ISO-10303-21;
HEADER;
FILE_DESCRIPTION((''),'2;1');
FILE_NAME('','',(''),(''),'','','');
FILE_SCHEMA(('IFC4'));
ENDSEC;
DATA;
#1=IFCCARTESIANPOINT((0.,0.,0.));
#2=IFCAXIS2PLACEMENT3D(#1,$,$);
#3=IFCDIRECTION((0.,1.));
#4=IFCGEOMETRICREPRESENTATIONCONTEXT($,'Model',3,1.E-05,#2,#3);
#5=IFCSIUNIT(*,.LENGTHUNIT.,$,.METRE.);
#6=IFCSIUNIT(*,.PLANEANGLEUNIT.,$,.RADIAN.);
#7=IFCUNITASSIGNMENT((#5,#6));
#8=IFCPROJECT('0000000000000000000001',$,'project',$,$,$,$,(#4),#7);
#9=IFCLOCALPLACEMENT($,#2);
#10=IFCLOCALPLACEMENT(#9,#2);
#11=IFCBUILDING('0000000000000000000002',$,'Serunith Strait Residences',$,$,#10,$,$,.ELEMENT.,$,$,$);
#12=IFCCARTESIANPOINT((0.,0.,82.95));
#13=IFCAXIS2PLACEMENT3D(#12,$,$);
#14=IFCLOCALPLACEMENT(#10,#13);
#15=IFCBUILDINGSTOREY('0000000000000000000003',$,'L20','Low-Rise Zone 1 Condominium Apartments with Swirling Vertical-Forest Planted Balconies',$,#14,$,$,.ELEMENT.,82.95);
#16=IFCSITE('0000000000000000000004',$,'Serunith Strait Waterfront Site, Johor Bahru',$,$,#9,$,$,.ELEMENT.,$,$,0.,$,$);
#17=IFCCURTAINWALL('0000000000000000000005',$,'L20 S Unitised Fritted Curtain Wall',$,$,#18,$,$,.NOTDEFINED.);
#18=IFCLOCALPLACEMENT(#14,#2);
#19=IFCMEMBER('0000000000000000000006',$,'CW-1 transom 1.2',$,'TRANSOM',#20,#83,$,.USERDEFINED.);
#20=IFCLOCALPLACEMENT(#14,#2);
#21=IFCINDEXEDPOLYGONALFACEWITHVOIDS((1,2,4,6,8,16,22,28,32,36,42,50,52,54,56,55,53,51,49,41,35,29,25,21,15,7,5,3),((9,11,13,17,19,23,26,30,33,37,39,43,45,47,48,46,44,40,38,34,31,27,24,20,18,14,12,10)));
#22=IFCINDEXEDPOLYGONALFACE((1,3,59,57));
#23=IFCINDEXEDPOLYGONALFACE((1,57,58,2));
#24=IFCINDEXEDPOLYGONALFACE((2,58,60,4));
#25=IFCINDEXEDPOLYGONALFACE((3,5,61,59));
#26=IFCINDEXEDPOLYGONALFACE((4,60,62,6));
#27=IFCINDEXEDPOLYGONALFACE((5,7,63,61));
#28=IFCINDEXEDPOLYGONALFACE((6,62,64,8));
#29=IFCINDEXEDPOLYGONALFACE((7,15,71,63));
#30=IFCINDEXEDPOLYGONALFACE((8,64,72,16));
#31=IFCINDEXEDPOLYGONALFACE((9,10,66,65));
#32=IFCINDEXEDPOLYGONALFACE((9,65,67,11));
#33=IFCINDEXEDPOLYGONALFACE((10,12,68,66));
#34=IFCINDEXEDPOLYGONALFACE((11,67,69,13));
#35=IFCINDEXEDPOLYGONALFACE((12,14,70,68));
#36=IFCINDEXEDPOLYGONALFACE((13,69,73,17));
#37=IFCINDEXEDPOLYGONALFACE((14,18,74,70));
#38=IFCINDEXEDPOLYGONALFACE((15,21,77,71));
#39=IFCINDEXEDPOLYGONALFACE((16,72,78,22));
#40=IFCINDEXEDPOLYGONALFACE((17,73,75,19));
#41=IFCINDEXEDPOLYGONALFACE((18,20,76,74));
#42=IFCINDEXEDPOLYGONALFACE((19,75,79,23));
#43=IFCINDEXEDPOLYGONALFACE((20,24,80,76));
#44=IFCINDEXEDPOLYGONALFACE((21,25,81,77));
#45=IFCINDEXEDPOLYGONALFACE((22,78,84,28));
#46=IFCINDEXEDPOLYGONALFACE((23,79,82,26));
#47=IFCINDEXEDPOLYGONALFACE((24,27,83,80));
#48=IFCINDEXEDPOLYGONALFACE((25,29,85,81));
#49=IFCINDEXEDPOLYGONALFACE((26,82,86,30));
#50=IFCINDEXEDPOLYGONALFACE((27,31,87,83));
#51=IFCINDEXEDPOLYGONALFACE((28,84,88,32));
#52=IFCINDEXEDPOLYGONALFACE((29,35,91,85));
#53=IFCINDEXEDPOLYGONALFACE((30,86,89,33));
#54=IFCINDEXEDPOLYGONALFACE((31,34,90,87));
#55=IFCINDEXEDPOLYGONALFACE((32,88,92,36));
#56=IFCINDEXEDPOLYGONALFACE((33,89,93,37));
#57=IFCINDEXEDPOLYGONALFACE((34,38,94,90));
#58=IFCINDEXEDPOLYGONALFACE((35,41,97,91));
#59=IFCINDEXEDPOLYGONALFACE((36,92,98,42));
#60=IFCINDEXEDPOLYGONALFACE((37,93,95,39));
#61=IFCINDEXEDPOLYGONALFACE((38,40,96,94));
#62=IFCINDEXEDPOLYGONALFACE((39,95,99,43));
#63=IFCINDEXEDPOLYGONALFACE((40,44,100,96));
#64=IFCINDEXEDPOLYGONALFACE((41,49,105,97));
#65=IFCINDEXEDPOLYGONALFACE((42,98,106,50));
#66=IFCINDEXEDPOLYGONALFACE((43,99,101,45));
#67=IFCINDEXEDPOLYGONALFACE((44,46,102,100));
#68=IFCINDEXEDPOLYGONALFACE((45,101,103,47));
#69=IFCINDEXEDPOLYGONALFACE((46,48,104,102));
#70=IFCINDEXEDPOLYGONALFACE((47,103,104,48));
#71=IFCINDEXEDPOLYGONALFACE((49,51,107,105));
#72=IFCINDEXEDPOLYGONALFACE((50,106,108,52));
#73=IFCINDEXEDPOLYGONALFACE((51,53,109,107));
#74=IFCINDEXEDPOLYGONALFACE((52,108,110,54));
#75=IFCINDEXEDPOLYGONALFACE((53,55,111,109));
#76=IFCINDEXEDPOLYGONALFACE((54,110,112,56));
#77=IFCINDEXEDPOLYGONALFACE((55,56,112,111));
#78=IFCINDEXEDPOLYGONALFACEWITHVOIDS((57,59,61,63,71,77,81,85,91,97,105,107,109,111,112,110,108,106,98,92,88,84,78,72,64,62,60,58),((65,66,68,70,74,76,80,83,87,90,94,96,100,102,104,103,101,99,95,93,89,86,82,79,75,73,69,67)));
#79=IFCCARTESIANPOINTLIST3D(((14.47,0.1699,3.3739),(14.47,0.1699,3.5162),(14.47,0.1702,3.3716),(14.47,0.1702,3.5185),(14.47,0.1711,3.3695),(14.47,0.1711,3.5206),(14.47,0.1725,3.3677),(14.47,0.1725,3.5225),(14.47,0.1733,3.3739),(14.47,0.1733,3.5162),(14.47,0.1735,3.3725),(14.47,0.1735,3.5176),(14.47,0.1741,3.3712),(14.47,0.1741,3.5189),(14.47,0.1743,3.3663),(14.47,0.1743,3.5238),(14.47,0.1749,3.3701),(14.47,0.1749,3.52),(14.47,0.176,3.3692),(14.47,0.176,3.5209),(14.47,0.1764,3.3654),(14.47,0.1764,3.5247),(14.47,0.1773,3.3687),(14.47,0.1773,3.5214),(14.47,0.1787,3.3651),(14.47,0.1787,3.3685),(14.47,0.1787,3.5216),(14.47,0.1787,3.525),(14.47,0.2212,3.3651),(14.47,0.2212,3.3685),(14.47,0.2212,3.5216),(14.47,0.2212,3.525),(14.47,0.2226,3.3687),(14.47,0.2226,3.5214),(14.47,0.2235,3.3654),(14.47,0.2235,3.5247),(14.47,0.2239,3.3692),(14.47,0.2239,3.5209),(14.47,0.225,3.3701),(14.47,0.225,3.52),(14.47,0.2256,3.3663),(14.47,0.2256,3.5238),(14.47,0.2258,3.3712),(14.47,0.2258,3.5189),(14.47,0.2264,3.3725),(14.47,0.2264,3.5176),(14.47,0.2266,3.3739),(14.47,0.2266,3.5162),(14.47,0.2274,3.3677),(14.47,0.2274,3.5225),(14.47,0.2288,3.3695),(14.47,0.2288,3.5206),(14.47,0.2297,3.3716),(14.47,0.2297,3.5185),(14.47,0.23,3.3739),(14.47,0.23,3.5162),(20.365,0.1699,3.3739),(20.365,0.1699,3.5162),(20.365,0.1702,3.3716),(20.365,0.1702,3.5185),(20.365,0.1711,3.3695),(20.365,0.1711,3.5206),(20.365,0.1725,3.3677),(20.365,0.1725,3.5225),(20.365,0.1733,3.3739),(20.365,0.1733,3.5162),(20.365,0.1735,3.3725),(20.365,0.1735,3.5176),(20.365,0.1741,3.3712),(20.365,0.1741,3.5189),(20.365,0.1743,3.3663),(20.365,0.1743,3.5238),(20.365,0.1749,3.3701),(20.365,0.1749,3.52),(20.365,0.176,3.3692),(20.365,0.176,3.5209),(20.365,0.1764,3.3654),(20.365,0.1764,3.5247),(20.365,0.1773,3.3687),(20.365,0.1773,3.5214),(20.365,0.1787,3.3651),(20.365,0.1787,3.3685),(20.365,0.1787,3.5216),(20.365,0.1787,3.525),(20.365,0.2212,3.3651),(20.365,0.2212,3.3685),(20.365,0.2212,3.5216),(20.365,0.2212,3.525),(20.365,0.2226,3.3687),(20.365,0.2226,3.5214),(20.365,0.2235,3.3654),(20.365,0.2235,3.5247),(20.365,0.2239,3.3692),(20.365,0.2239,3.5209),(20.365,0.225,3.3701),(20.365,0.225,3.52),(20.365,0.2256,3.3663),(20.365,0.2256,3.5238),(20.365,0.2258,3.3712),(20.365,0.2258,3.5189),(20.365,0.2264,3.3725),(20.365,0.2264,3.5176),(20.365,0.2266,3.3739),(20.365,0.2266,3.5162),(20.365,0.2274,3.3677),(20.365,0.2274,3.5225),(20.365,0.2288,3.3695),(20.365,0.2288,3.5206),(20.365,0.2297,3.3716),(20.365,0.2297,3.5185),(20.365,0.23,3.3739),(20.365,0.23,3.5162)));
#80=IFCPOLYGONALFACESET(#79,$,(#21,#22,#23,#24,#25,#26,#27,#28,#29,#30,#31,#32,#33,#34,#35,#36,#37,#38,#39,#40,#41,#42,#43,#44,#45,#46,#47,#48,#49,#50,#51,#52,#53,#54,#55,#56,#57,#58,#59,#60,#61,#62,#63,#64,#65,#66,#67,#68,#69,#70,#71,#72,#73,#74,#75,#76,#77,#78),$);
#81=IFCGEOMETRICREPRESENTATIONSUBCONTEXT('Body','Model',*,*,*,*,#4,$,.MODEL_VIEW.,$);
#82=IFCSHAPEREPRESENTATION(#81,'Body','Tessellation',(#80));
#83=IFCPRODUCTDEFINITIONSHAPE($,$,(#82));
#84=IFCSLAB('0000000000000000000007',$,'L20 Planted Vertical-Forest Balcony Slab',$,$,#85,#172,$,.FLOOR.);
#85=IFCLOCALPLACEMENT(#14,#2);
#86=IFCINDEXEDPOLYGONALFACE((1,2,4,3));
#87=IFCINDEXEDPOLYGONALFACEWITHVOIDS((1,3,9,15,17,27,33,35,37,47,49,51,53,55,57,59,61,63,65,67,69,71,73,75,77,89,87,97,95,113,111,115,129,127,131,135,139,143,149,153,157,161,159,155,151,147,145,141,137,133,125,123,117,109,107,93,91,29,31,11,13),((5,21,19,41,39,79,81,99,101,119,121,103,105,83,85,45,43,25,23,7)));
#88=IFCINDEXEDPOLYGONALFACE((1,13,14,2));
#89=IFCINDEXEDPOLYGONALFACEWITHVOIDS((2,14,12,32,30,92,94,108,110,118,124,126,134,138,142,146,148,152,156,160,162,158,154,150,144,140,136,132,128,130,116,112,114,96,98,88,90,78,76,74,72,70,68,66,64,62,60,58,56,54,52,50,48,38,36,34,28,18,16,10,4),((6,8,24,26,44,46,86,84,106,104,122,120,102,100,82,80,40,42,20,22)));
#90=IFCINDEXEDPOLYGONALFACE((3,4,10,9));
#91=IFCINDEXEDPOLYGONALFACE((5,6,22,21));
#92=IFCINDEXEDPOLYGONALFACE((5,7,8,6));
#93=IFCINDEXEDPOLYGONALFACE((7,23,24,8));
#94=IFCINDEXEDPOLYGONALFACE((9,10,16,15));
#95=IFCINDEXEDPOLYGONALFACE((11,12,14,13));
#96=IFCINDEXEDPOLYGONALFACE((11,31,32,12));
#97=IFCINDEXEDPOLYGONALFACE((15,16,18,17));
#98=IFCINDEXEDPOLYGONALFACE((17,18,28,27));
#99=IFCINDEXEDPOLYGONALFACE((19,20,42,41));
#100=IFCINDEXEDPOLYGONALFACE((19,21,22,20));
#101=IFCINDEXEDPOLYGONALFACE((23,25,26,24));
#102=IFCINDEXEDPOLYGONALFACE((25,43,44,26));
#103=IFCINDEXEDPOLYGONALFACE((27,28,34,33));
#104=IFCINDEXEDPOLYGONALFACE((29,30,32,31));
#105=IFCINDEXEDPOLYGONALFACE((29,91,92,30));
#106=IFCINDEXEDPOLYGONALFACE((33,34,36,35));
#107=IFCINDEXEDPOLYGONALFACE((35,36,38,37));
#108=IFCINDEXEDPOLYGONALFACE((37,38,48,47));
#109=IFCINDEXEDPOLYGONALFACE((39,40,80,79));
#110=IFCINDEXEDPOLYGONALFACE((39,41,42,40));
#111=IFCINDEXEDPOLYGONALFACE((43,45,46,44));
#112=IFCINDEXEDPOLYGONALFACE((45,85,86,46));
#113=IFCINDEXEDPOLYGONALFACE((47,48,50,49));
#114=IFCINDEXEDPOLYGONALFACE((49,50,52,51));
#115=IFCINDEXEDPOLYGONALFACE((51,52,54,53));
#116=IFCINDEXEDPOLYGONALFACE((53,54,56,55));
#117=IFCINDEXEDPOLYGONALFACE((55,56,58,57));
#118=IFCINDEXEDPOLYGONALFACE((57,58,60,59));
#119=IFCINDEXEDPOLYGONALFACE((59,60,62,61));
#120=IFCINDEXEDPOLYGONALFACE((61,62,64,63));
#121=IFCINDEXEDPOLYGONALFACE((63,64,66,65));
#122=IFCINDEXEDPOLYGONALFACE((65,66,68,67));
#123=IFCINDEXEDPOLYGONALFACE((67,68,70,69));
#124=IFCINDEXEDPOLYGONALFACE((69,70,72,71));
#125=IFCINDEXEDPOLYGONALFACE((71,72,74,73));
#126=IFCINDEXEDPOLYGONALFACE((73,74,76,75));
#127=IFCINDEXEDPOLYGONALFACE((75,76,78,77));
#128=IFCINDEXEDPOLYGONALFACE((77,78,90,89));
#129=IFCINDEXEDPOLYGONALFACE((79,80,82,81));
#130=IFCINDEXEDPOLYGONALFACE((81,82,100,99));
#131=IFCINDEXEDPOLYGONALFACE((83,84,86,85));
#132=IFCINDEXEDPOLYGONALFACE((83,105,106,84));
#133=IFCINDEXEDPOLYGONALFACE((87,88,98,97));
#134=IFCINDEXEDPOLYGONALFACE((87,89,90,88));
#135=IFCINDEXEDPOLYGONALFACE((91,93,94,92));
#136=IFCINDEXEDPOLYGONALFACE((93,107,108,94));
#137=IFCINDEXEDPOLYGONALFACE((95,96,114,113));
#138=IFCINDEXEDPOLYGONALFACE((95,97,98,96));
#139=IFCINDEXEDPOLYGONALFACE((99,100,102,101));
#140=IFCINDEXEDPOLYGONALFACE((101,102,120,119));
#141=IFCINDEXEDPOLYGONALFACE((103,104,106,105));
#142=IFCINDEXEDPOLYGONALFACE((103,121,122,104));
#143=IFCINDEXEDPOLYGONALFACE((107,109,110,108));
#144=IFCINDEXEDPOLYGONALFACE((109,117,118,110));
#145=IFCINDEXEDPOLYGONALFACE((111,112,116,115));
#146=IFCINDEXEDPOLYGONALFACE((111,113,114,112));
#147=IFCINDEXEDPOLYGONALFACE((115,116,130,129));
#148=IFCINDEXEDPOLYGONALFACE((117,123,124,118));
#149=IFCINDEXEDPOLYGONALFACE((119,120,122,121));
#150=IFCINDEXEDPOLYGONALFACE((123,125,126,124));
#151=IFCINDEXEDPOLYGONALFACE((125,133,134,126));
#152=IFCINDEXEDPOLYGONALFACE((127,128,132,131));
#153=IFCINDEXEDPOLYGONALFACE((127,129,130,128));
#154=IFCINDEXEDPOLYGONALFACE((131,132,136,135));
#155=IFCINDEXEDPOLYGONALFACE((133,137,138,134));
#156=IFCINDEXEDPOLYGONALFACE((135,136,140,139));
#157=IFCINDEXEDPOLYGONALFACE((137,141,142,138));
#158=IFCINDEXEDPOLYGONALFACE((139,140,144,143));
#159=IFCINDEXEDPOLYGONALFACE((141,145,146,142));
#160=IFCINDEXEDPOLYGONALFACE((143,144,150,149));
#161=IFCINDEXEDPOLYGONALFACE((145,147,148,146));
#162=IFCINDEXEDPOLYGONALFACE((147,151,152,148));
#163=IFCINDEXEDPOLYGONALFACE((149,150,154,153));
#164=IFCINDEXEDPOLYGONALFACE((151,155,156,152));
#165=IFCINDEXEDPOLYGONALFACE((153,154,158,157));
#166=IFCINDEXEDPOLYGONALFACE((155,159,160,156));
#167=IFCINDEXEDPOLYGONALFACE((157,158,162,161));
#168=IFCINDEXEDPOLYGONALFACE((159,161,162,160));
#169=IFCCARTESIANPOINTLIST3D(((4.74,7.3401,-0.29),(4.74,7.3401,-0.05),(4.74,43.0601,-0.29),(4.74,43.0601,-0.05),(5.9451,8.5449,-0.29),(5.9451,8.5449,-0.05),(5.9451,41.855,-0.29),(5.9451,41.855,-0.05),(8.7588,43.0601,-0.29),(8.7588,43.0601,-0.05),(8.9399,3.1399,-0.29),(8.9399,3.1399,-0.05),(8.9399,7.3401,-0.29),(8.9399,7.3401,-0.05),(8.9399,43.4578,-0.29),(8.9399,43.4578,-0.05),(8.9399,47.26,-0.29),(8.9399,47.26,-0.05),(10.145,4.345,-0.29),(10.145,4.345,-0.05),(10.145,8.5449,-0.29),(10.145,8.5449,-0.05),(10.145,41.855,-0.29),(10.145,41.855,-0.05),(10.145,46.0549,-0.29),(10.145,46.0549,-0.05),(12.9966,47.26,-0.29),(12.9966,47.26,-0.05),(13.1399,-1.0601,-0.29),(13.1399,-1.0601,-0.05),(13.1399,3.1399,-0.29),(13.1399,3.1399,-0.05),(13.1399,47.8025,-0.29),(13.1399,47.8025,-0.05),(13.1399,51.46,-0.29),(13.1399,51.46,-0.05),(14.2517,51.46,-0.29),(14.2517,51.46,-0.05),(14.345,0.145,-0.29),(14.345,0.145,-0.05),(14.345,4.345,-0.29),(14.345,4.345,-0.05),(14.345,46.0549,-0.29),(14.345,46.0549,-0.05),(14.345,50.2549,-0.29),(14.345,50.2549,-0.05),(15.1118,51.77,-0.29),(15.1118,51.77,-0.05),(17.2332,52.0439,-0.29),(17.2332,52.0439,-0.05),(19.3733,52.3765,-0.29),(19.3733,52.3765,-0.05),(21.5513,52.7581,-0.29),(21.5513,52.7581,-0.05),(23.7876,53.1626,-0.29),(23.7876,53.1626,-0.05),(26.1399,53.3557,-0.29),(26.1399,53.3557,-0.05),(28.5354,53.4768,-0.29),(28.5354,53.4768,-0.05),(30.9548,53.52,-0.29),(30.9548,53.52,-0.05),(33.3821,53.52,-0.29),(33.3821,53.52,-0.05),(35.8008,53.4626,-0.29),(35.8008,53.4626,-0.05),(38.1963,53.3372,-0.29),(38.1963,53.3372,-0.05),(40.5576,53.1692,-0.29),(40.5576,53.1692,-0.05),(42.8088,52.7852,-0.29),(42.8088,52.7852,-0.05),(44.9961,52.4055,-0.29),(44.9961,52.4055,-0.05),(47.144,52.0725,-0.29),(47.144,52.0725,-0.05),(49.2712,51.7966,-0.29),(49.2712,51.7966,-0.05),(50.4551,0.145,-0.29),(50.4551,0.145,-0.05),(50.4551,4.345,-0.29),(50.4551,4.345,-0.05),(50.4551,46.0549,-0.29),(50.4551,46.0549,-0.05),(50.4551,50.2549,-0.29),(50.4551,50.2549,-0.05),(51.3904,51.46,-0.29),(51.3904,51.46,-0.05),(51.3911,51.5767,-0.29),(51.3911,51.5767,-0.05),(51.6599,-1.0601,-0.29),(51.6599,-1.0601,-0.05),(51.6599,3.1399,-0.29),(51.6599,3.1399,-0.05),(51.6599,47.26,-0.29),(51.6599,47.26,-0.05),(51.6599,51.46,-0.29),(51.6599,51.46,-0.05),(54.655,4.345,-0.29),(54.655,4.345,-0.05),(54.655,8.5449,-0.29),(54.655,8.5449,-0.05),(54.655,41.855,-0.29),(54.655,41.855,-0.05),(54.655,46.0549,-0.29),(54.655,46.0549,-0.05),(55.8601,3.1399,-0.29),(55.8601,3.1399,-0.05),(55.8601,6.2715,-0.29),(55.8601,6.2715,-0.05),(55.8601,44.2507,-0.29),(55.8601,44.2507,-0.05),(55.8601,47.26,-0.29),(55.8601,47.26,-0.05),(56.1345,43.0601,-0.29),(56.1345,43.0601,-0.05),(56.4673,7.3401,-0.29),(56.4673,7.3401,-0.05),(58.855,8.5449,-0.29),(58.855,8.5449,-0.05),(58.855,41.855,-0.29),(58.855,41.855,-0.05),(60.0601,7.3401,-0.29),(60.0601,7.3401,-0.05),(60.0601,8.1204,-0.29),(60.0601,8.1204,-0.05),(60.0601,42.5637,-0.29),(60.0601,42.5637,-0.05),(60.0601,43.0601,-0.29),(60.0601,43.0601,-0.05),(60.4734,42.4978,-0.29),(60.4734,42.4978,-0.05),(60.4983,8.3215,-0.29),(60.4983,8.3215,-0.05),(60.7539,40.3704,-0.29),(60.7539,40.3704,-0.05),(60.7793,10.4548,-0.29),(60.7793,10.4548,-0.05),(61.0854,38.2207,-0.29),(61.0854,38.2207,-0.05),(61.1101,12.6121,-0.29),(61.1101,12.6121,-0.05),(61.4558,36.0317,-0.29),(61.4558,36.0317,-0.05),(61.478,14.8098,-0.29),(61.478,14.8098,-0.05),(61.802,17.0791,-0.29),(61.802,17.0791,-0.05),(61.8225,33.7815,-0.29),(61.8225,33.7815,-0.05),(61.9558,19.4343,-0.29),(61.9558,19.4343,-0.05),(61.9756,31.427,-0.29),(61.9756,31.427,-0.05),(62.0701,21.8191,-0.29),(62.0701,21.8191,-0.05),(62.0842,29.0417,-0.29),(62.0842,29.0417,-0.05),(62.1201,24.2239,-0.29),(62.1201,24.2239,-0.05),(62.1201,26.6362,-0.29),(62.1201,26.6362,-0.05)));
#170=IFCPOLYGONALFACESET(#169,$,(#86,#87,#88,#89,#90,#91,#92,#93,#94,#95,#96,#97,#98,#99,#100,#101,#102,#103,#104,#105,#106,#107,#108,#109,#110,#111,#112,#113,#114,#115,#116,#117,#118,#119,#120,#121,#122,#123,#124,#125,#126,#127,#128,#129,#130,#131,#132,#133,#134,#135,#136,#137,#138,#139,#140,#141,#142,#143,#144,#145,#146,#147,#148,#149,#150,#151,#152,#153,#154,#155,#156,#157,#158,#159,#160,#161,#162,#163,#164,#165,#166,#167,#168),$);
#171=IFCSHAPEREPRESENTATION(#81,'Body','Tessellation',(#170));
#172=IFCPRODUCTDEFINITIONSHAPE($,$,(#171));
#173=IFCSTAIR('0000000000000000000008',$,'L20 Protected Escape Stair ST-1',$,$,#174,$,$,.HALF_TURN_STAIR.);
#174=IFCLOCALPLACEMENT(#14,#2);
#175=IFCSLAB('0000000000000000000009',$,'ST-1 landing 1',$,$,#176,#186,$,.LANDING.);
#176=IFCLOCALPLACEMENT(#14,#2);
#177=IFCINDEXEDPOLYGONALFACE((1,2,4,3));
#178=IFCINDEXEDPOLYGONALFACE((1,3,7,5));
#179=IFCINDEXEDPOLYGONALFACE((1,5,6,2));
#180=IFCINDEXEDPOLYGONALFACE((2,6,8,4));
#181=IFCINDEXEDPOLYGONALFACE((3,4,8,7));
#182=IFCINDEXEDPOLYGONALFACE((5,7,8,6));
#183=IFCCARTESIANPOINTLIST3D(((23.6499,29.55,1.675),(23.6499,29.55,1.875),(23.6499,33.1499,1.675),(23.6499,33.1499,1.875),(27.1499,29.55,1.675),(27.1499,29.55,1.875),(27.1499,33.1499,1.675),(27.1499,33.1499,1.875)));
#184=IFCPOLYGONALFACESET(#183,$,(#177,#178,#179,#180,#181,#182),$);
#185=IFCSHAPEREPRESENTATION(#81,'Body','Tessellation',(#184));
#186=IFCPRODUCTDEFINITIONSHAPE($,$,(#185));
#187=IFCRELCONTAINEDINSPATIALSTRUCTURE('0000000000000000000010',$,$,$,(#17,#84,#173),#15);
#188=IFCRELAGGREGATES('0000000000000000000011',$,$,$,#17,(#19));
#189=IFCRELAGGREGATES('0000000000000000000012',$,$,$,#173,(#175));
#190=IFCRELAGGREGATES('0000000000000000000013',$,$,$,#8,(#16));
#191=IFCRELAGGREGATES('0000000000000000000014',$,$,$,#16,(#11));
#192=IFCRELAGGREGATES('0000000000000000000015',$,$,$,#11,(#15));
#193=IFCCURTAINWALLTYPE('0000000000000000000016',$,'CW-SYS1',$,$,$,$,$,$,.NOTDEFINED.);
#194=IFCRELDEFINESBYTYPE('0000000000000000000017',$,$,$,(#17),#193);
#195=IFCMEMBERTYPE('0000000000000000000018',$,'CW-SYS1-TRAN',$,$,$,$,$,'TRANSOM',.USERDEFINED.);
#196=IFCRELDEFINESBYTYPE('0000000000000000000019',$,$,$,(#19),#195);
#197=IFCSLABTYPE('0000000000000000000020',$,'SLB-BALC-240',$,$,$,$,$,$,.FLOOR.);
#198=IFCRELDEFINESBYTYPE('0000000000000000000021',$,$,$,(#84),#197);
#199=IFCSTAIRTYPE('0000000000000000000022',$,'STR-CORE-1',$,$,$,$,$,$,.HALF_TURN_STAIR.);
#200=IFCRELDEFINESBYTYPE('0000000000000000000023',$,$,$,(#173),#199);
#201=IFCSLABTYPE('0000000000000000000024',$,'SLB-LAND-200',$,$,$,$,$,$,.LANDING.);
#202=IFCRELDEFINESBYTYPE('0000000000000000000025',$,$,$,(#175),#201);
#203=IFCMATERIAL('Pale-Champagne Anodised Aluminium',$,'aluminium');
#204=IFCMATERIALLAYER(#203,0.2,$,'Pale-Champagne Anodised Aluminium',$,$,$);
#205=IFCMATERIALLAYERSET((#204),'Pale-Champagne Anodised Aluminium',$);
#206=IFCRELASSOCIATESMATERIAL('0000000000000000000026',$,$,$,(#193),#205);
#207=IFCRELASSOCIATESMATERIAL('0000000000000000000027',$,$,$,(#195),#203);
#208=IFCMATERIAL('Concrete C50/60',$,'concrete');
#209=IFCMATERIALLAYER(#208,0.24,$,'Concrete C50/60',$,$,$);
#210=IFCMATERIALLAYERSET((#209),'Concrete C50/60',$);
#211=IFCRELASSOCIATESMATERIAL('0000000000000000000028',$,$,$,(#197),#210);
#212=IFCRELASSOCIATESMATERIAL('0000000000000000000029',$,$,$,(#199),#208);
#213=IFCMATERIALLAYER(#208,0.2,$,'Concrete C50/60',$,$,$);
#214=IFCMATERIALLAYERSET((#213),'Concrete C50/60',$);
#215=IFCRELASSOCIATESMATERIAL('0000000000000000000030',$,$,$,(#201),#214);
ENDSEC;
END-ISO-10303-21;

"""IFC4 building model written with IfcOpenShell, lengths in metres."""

from ifc_helpers import new_model, si_unit, direction, frame, origin, origin_2d, place, context, subcontext, project, spatial, polyline, hollow_rectangle, outline, extrude, source, transform, mapped, material, layer, layer_set, material_profile, profile_set, type_object, element, aggregate, save


model = new_model("IFC4")

# Units and contexts
model_context = context("Model", 3, precision=1e-05, world=origin(), true_north=direction((0.0, 1.0)))
body_context = subcontext(model_context, "Body", "Model", "MODEL_VIEW")
ifc_project = project(units=[si_unit("LENGTHUNIT", "METRE"), si_unit("PLANEANGLEUNIT", "RADIAN")], contexts=[model_context])

# Site, building, storey
site_placement = place(None, origin())
site = spatial("IfcSite", under=ifc_project, at=site_placement, Name="Serunith Strait Waterfront Site, Johor Bahru", CompositionType="ELEMENT", RefElevation=0.0)
building_placement = place(site_placement, origin())
building = spatial("IfcBuilding", under=site, at=building_placement, Name="Serunith Strait Residences", CompositionType="ELEMENT")
storey_placement = place(building_placement, frame((0.0, 0.0, 82.95)))
storey = spatial("IfcBuildingStorey", under=building, at=storey_placement, Name="L20", Description="Low-Rise Zone 1 Condominium Apartments with Swirling Vertical-Forest Planted Balconies", CompositionType="ELEMENT", Elevation=82.95)

# Curtain wall
ifc_material_1 = material(Name="Pale-Champagne Anodised Aluminium", Category="aluminium")
ifc_layer_1 = layer(ifc_material_1, 0.2, Name="Pale-Champagne Anodised Aluminium")
ifc_layer_set_1 = layer_set([ifc_layer_1], Name="Pale-Champagne Anodised Aluminium")
curtain_wall_type = type_object("IfcCurtainWallType", Name="CW-SYS1", PredefinedType="NOTDEFINED", material=ifc_layer_set_1)
curtain_wall_1_placement = place(storey_placement, origin())
curtain_wall_1 = element("IfcCurtainWall", 1, at=curtain_wall_1_placement, inside=storey, type_object=curtain_wall_type, Name="L20 S Unitised Fritted Curtain Wall", PredefinedType="NOTDEFINED")

# Member
ifc_material_profile_1 = material_profile(ifc_material_1, hollow_rectangle(XDim=0.0601, YDim=0.1599, WallThickness=0.0034, InnerFilletRadius=0.0054, OuterFilletRadius=0.0088, at=origin_2d()), Name="ALU 160x60x3.5")
ifc_profile_set_1 = profile_set([ifc_material_profile_1], Name="Pale-Champagne Anodised Aluminium")
member_type_1 = type_object("IfcMemberType", Name="CW-SYS1-TRAN", ElementType="TRANSOM", PredefinedType="USERDEFINED", material=ifc_profile_set_1)
shared_shape_1 = source(origin(), body_context, "Body", "SweptSolid", [
    extrude(hollow_rectangle(XDim=0.0601, YDim=0.1599, WallThickness=0.0034, InnerFilletRadius=0.0054, OuterFilletRadius=0.0088, at=origin_2d()), origin(), (0.0, 0.0, 1.0), 5.895),
])
member_1_placement = place(storey_placement, frame((14.47, 0.2, 3.4451), z_axis=(1.0, 0.0, 0.0), x_axis=(0.0, 1.0, 0.0)))
member_1 = element("IfcMember", 2, at=member_1_placement, type_object=member_type_1, Name="CW-1 transom 1.2", ObjectType="TRANSOM", PredefinedType="USERDEFINED", context=body_context, shape_type="MappedRepresentation", body=[
    mapped(shared_shape_1, transform((0.0, 0.0, 0.0), scale=1.0)),
])
aggregate(curtain_wall_1, [member_1])

# Slab
ifc_material_2 = material(Name="Concrete C50/60", Category="concrete")
ifc_layer_2 = layer(ifc_material_2, 0.24, Name="Concrete C50/60")
ifc_layer_set_2 = layer_set([ifc_layer_2], Name="Concrete C50/60")
slab_type_1 = type_object("IfcSlabType", Name="SLB-BALC-240", PredefinedType="FLOOR", material=ifc_layer_set_2)
slab_1_placement = place(storey_placement, frame((0.0, 0.0, -0.29)))
element("IfcSlab", 3, at=slab_1_placement, inside=storey, type_object=slab_type_1, Name="L20 Planted Vertical-Forest Balcony Slab", PredefinedType="FLOOR", context=body_context, shape_type="SweptSolid", body=[
    extrude(outline(polyline([(12.9966, 47.26), (13.1399, 47.8025), (13.1399, 51.46), (14.2517, 51.46), (15.1118, 51.77), (17.2332, 52.0439), (19.3733, 52.3765), (21.5513, 52.7581), (23.7876, 53.1626), (26.1399, 53.3557), (28.5354, 53.4768), (30.9548, 53.52), (33.3821, 53.52), (35.8008, 53.4626), (38.1963, 53.3372), (40.5576, 53.1692), (42.8088, 52.7852), (44.9961, 52.4055), (47.144, 52.0725), (49.2712, 51.7966), (51.3911, 51.5767), (51.3904, 51.46), (51.6599, 51.46), (51.6599, 47.26), (55.8601, 47.26), (55.8601, 44.2507), (56.1345, 43.0601), (60.0601, 43.0601), (60.0601, 42.5637), (60.4734, 42.4978), (60.7539, 40.3704), (61.0854, 38.2207), (61.4558, 36.0317), (61.8225, 33.7815), (61.9756, 31.427), (62.0842, 29.0417), (62.1201, 26.6362), (62.1201, 24.2239), (62.0701, 21.8191), (61.9558, 19.4343), (61.802, 17.0791), (61.478, 14.8098), (61.1101, 12.6121), (60.7793, 10.4548), (60.4983, 8.3215), (60.0601, 8.1204), (60.0601, 7.3401), (56.4673, 7.3401), (55.8601, 6.2715), (55.8601, 3.1399), (51.6599, 3.1399), (51.6599, -1.0601), (13.1399, -1.0601), (13.1399, 3.1399), (8.9399, 3.1399), (8.9399, 7.3401), (4.74, 7.3401), (4.74, 43.0601), (8.7588, 43.0601), (8.9399, 43.4578), (8.9399, 47.26), (12.9966, 47.26)]), holes=[polyline([(50.4551, 0.145), (50.4551, 4.345), (54.655, 4.345), (54.655, 8.5449), (58.855, 8.5449), (58.855, 41.855), (54.655, 41.855), (54.655, 46.0549), (50.4551, 46.0549), (50.4551, 50.2549), (14.345, 50.2549), (14.345, 46.0549), (10.145, 46.0549), (10.145, 41.855), (5.9451, 41.855), (5.9451, 8.5449), (10.145, 8.5449), (10.145, 4.345), (14.345, 4.345), (14.345, 0.145), (50.4551, 0.145)])]), origin(), (0.0, 0.0, 1.0), 0.24),
])

# Stair, slab
stair_type_1 = type_object("IfcStairType", Name="STR-CORE-1", PredefinedType="HALF_TURN_STAIR", material=ifc_material_2)
stair_1_placement = place(storey_placement, origin())
stair_1 = element("IfcStair", 4, at=stair_1_placement, inside=storey, type_object=stair_type_1, Name="L20 Protected Escape Stair ST-1", PredefinedType="HALF_TURN_STAIR")
ifc_layer_3 = layer(ifc_material_2, 0.2, Name="Concrete C50/60")
ifc_layer_set_3 = layer_set([ifc_layer_3], Name="Concrete C50/60")
slab_type_2 = type_object("IfcSlabType", Name="SLB-LAND-200", PredefinedType="LANDING", material=ifc_layer_set_3)
slab_2_placement = place(storey_placement, frame((0.0, 0.0, 1.675)))
slab_2 = element("IfcSlab", 5, at=slab_2_placement, type_object=slab_type_2, Name="ST-1 landing 1", PredefinedType="LANDING", context=body_context, shape_type="SweptSolid", body=[
    extrude(outline(polyline([(27.1499, 29.55), (27.1499, 33.1499), (23.6499, 33.1499), (23.6499, 29.55), (27.1499, 29.55)])), origin(), (0.0, 0.0, 1.0), 0.2),
])
aggregate(stair_1, [slab_2])

save(model, "model.ifc")
